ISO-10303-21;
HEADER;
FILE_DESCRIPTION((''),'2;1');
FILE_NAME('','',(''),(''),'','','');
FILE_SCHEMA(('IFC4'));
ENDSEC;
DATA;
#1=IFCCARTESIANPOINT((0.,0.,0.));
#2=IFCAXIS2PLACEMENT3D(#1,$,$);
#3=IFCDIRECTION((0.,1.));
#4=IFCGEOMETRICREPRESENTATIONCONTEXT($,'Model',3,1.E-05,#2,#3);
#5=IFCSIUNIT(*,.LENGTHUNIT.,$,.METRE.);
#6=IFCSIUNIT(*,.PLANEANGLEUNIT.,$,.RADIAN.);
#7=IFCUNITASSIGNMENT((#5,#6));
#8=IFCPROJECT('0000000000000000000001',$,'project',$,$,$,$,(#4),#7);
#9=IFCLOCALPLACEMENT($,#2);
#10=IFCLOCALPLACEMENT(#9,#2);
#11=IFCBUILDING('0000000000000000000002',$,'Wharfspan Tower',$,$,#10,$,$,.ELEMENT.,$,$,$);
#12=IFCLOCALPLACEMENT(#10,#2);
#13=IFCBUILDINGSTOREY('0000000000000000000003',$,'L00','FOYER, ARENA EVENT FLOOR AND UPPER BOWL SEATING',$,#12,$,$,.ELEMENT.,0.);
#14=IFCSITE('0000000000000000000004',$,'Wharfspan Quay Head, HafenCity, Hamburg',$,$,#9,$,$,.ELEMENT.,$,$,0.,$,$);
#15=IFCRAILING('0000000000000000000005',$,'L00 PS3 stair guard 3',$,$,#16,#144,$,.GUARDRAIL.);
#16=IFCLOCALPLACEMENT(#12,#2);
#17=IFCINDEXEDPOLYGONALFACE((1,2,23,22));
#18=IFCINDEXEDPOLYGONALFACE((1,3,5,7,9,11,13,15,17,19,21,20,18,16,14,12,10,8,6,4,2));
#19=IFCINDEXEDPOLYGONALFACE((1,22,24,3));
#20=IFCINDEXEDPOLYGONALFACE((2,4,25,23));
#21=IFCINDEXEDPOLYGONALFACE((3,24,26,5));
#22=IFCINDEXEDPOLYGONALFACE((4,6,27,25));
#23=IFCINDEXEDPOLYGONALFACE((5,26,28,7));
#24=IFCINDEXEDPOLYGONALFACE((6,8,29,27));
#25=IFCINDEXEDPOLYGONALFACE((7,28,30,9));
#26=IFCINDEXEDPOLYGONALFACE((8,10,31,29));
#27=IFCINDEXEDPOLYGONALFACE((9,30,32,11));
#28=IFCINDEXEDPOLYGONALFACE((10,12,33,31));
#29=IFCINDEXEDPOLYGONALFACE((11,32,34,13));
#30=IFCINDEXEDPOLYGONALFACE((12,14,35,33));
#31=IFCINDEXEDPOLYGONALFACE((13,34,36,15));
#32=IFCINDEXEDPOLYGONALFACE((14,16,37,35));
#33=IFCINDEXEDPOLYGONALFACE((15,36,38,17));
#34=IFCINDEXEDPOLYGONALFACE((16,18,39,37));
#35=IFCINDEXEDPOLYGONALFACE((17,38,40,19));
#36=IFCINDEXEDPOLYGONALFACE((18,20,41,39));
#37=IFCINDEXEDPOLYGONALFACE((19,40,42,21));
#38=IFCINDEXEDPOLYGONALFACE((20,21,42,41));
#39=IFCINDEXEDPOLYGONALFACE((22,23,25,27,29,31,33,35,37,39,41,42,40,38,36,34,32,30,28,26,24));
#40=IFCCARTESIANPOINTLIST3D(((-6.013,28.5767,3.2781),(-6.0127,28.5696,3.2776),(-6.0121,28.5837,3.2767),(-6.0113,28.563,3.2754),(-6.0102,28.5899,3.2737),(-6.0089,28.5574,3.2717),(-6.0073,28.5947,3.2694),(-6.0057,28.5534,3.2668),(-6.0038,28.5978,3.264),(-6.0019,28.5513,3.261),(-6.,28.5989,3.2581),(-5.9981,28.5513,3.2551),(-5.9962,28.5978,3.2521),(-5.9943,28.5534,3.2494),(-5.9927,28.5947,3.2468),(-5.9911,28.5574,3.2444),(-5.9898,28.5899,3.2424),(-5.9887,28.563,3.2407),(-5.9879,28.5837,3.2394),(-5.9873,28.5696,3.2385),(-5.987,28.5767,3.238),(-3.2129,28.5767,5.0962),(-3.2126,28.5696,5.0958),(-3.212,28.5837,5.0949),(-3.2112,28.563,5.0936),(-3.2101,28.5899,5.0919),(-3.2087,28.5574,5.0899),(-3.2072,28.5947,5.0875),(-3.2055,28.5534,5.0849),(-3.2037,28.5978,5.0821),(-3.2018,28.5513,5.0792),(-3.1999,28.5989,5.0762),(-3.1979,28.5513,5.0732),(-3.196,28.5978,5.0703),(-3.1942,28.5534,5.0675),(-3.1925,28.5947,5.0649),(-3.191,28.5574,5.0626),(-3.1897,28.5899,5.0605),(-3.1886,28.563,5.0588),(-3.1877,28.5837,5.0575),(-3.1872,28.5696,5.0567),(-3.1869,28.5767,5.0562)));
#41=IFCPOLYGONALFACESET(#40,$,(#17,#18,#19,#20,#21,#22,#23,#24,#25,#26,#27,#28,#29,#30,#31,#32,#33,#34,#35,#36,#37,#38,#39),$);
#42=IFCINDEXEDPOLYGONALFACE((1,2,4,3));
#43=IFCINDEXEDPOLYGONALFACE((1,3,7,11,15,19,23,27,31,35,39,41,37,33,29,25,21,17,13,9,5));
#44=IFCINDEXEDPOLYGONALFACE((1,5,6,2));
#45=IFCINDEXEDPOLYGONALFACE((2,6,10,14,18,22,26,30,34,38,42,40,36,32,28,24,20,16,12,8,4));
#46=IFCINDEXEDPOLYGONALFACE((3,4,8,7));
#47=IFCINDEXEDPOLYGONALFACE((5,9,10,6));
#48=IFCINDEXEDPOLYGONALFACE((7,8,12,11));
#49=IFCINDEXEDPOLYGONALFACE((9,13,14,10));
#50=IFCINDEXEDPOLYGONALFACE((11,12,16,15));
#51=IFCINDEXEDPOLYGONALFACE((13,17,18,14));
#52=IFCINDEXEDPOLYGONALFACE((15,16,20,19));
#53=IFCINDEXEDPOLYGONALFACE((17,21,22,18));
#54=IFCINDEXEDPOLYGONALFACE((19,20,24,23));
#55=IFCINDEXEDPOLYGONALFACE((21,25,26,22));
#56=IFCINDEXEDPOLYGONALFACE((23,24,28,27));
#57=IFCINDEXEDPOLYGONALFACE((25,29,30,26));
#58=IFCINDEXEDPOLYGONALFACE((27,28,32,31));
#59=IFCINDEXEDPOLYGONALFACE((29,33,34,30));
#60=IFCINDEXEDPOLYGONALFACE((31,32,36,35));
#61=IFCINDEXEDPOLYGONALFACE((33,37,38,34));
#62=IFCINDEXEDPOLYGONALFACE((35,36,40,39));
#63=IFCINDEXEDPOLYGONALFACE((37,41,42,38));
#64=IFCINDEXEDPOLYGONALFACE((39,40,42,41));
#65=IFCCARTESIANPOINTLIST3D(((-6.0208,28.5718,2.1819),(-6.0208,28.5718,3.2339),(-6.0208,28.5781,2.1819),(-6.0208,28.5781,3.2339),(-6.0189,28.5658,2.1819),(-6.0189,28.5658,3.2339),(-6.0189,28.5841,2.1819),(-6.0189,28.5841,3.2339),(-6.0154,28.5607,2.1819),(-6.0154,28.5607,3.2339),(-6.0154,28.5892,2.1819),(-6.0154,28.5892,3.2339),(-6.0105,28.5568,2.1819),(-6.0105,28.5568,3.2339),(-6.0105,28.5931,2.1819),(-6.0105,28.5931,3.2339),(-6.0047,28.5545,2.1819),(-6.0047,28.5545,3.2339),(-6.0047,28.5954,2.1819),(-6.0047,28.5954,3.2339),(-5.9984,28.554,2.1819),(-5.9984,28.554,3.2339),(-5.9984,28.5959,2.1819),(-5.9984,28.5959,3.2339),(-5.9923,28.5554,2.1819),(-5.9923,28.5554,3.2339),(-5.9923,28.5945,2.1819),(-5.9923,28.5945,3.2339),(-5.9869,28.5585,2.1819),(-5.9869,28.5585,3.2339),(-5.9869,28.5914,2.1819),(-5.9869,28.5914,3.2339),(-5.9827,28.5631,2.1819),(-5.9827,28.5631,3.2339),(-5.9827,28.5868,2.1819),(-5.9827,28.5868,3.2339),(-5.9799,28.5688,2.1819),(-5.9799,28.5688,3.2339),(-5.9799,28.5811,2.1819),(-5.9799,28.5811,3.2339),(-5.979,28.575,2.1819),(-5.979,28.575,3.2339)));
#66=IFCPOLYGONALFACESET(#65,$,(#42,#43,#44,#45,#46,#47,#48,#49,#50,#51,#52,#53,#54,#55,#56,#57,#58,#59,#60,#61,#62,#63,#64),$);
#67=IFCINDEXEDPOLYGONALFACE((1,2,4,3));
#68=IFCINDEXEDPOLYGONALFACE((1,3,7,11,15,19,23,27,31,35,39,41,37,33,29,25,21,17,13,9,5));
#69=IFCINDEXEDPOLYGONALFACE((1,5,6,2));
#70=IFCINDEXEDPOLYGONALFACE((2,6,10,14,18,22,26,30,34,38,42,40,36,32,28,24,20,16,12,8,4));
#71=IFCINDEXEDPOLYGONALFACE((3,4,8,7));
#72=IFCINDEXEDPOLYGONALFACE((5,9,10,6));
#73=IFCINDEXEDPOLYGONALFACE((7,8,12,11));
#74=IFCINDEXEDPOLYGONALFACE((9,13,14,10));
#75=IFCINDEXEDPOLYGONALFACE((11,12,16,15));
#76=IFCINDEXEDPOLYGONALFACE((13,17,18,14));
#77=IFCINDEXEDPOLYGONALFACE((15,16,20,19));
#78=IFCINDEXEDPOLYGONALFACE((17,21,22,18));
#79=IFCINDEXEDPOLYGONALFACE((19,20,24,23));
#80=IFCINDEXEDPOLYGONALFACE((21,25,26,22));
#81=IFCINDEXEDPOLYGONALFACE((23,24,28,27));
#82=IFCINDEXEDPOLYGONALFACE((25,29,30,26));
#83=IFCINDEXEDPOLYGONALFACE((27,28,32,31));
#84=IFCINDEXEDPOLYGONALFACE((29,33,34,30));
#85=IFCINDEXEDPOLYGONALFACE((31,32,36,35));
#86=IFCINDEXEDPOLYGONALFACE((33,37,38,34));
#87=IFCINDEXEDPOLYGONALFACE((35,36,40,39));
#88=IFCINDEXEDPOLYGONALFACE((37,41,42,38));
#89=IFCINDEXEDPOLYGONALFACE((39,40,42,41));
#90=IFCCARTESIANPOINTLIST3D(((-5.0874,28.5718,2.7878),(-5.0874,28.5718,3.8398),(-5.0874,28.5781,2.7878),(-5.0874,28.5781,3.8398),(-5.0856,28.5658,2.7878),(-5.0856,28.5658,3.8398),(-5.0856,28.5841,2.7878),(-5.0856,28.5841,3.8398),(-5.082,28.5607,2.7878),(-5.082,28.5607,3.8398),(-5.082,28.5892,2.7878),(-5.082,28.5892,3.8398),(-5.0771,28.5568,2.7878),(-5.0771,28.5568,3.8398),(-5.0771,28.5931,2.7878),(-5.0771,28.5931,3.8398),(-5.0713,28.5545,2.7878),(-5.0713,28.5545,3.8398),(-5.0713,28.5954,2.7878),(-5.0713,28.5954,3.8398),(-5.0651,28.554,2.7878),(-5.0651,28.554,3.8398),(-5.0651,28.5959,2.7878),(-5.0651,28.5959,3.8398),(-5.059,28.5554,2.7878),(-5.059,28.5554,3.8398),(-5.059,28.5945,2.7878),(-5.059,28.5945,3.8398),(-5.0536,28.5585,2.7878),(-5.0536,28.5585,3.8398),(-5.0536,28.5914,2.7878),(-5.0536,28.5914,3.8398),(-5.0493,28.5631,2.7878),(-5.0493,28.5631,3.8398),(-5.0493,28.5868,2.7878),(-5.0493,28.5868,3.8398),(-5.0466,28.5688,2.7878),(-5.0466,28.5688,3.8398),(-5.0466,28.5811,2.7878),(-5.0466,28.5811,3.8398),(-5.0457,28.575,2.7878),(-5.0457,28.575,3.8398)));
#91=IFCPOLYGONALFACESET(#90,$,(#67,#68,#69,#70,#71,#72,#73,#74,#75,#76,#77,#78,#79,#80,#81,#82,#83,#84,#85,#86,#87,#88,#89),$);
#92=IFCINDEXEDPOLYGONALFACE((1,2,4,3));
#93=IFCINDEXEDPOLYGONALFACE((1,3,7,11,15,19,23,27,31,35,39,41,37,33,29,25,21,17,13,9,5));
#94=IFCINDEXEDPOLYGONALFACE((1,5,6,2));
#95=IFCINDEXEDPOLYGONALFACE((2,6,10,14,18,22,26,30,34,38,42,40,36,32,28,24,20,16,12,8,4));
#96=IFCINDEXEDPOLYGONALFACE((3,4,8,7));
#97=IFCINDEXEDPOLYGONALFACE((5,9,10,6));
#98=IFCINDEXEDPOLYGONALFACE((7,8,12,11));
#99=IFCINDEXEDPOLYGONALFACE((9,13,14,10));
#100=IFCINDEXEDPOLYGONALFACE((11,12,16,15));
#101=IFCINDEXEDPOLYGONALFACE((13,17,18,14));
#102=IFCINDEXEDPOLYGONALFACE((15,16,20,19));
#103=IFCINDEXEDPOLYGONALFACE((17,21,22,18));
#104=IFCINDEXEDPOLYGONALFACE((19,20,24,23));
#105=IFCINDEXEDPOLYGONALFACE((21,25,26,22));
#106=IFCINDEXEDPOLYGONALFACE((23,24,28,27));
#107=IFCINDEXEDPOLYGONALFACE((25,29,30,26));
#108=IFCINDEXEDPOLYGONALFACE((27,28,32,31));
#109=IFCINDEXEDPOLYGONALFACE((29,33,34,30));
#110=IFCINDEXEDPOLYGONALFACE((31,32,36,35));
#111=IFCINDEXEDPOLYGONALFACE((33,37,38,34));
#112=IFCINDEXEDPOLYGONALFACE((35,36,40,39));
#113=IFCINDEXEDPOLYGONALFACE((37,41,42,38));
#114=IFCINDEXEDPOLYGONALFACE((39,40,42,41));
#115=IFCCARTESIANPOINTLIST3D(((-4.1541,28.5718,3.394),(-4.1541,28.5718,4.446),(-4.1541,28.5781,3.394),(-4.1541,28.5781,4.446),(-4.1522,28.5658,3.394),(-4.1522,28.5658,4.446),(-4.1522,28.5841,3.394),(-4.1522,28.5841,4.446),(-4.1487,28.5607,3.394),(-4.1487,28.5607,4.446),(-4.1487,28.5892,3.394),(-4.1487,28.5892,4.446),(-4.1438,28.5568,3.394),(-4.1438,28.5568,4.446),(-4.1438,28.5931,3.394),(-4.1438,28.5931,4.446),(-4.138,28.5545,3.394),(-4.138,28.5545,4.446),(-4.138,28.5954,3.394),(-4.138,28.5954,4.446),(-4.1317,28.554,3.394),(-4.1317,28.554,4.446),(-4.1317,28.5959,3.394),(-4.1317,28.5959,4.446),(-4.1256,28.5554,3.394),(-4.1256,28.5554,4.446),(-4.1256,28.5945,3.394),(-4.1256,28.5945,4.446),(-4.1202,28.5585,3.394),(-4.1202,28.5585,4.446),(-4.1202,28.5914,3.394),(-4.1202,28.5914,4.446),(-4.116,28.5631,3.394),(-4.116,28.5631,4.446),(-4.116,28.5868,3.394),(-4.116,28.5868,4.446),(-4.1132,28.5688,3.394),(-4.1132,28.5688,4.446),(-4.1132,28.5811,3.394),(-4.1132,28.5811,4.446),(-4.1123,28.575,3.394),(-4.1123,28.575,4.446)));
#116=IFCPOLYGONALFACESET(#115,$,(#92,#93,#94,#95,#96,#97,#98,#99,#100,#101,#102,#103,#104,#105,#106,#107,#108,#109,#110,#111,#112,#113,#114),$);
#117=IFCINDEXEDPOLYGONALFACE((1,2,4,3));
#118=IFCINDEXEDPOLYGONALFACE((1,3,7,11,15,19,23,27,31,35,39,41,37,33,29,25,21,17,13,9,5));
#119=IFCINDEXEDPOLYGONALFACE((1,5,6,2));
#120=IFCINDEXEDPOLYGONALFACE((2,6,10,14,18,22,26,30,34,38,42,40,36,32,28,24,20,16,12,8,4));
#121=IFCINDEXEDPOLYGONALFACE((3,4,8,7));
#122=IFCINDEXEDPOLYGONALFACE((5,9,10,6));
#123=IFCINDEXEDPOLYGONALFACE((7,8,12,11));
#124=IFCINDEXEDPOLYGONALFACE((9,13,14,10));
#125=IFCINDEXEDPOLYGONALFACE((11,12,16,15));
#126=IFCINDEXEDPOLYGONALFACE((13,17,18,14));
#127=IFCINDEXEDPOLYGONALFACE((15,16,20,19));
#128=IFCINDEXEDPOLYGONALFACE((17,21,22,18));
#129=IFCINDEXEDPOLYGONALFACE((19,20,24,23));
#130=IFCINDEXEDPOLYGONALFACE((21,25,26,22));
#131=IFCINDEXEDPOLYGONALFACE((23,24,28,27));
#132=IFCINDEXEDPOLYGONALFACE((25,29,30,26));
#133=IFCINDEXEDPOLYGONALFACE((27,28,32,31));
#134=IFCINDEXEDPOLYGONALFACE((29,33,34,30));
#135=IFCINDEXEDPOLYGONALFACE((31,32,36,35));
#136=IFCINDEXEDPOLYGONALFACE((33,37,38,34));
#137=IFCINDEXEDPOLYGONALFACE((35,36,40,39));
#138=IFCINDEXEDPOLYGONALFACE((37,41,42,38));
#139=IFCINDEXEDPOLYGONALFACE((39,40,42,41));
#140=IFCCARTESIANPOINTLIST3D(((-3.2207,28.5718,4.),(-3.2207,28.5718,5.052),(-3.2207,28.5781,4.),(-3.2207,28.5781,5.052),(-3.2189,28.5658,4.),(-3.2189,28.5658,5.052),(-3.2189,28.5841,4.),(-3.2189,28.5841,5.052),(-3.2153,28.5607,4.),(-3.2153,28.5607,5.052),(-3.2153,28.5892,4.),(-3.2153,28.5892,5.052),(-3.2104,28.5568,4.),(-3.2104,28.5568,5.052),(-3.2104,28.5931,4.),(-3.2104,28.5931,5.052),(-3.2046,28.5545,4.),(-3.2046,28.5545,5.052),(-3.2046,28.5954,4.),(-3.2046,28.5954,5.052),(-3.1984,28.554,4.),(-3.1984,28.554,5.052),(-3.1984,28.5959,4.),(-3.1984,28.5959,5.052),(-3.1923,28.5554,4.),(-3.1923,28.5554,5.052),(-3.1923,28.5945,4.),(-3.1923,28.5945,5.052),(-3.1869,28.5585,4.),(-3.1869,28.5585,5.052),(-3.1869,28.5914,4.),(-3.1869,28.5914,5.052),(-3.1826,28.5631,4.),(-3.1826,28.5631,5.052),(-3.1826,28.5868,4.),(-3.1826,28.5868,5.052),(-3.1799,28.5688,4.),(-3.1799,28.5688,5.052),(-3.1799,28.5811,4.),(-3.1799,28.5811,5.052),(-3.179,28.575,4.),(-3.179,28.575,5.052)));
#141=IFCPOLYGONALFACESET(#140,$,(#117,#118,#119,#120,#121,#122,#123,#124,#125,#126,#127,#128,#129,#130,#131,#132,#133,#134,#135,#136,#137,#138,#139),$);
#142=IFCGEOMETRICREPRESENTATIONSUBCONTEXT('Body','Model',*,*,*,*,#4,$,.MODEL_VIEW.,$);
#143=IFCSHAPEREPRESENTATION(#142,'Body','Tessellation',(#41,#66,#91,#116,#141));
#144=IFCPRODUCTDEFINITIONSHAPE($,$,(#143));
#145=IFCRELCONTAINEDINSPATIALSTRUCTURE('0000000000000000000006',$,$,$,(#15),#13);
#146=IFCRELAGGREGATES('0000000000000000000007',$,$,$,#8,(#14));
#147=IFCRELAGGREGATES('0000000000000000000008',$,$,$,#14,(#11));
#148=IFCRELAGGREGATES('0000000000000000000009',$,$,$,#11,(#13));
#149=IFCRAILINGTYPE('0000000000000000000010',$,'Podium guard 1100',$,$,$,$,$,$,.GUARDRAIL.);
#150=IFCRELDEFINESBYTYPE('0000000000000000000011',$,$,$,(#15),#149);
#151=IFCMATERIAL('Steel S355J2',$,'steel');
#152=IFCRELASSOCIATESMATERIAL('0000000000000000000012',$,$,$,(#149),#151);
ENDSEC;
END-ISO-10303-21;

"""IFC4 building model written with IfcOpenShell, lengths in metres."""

from ifc_helpers import new_model, si_unit, direction, frame, origin, origin_2d, place, context, subcontext, project, spatial, circle, extrude, material, type_object, element, save


model = new_model("IFC4")

# Units and contexts
model_context = context("Model", 3, precision=1e-05, world=origin(), true_north=direction((0.0, 1.0)))
body_context = subcontext(model_context, "Body", "Model", "MODEL_VIEW")
ifc_project = project(units=[si_unit("LENGTHUNIT", "METRE"), si_unit("PLANEANGLEUNIT", "RADIAN")], contexts=[model_context])

# Site, building, storey
site_placement = place(None, origin())
site = spatial("IfcSite", under=ifc_project, at=site_placement, Name="Wharfspan Quay Head, HafenCity, Hamburg", CompositionType="ELEMENT", RefElevation=0.0)
building_placement = place(site_placement, origin())
building = spatial("IfcBuilding", under=site, at=building_placement, Name="Wharfspan Tower", CompositionType="ELEMENT")
storey_placement = place(building_placement, origin())
storey = spatial("IfcBuildingStorey", under=building, at=storey_placement, Name="L00", Description="FOYER, ARENA EVENT FLOOR AND UPPER BOWL SEATING", CompositionType="ELEMENT", Elevation=0.0)

# Railing
ifc_material_1 = material(Name="Steel S355J2", Category="steel")
railing_type_1 = type_object("IfcRailingType", Name="Podium guard 1100", PredefinedType="GUARDRAIL", material=ifc_material_1)
railing_1_placement = place(storey_placement, frame((-6.0, 28.575, 2.1819)))
element("IfcRailing", 1, at=railing_1_placement, inside=storey, type_object=railing_type_1, Name="L00 PS3 stair guard 3", PredefinedType="GUARDRAIL", context=body_context, shape_type="SweptSolid", body=[
    extrude(circle(Radius=0.0239, at=origin_2d()), frame((0.0, 0.0, 1.0762), z_axis=(0.838706, 0.0, 0.544585), x_axis=(0.0, 1.0, 0.0)), (0.0, 0.0, 1.0), 3.3386),
    extrude(circle(Radius=0.021, at=origin_2d()), origin(), (0.0, 0.0, 1.0), 1.052),
    extrude(circle(Radius=0.021, at=origin_2d()), frame((0.9334, 0.0, 0.606)), (0.0, 0.0, 1.0), 1.052),
    extrude(circle(Radius=0.021, at=origin_2d()), frame((1.8667, 0.0, 1.2122)), (0.0, 0.0, 1.0), 1.052),
    extrude(circle(Radius=0.021, at=origin_2d()), frame((2.8, 0.0, 1.8181)), (0.0, 0.0, 1.0), 1.052),
])

save(model, "model.ifc")
